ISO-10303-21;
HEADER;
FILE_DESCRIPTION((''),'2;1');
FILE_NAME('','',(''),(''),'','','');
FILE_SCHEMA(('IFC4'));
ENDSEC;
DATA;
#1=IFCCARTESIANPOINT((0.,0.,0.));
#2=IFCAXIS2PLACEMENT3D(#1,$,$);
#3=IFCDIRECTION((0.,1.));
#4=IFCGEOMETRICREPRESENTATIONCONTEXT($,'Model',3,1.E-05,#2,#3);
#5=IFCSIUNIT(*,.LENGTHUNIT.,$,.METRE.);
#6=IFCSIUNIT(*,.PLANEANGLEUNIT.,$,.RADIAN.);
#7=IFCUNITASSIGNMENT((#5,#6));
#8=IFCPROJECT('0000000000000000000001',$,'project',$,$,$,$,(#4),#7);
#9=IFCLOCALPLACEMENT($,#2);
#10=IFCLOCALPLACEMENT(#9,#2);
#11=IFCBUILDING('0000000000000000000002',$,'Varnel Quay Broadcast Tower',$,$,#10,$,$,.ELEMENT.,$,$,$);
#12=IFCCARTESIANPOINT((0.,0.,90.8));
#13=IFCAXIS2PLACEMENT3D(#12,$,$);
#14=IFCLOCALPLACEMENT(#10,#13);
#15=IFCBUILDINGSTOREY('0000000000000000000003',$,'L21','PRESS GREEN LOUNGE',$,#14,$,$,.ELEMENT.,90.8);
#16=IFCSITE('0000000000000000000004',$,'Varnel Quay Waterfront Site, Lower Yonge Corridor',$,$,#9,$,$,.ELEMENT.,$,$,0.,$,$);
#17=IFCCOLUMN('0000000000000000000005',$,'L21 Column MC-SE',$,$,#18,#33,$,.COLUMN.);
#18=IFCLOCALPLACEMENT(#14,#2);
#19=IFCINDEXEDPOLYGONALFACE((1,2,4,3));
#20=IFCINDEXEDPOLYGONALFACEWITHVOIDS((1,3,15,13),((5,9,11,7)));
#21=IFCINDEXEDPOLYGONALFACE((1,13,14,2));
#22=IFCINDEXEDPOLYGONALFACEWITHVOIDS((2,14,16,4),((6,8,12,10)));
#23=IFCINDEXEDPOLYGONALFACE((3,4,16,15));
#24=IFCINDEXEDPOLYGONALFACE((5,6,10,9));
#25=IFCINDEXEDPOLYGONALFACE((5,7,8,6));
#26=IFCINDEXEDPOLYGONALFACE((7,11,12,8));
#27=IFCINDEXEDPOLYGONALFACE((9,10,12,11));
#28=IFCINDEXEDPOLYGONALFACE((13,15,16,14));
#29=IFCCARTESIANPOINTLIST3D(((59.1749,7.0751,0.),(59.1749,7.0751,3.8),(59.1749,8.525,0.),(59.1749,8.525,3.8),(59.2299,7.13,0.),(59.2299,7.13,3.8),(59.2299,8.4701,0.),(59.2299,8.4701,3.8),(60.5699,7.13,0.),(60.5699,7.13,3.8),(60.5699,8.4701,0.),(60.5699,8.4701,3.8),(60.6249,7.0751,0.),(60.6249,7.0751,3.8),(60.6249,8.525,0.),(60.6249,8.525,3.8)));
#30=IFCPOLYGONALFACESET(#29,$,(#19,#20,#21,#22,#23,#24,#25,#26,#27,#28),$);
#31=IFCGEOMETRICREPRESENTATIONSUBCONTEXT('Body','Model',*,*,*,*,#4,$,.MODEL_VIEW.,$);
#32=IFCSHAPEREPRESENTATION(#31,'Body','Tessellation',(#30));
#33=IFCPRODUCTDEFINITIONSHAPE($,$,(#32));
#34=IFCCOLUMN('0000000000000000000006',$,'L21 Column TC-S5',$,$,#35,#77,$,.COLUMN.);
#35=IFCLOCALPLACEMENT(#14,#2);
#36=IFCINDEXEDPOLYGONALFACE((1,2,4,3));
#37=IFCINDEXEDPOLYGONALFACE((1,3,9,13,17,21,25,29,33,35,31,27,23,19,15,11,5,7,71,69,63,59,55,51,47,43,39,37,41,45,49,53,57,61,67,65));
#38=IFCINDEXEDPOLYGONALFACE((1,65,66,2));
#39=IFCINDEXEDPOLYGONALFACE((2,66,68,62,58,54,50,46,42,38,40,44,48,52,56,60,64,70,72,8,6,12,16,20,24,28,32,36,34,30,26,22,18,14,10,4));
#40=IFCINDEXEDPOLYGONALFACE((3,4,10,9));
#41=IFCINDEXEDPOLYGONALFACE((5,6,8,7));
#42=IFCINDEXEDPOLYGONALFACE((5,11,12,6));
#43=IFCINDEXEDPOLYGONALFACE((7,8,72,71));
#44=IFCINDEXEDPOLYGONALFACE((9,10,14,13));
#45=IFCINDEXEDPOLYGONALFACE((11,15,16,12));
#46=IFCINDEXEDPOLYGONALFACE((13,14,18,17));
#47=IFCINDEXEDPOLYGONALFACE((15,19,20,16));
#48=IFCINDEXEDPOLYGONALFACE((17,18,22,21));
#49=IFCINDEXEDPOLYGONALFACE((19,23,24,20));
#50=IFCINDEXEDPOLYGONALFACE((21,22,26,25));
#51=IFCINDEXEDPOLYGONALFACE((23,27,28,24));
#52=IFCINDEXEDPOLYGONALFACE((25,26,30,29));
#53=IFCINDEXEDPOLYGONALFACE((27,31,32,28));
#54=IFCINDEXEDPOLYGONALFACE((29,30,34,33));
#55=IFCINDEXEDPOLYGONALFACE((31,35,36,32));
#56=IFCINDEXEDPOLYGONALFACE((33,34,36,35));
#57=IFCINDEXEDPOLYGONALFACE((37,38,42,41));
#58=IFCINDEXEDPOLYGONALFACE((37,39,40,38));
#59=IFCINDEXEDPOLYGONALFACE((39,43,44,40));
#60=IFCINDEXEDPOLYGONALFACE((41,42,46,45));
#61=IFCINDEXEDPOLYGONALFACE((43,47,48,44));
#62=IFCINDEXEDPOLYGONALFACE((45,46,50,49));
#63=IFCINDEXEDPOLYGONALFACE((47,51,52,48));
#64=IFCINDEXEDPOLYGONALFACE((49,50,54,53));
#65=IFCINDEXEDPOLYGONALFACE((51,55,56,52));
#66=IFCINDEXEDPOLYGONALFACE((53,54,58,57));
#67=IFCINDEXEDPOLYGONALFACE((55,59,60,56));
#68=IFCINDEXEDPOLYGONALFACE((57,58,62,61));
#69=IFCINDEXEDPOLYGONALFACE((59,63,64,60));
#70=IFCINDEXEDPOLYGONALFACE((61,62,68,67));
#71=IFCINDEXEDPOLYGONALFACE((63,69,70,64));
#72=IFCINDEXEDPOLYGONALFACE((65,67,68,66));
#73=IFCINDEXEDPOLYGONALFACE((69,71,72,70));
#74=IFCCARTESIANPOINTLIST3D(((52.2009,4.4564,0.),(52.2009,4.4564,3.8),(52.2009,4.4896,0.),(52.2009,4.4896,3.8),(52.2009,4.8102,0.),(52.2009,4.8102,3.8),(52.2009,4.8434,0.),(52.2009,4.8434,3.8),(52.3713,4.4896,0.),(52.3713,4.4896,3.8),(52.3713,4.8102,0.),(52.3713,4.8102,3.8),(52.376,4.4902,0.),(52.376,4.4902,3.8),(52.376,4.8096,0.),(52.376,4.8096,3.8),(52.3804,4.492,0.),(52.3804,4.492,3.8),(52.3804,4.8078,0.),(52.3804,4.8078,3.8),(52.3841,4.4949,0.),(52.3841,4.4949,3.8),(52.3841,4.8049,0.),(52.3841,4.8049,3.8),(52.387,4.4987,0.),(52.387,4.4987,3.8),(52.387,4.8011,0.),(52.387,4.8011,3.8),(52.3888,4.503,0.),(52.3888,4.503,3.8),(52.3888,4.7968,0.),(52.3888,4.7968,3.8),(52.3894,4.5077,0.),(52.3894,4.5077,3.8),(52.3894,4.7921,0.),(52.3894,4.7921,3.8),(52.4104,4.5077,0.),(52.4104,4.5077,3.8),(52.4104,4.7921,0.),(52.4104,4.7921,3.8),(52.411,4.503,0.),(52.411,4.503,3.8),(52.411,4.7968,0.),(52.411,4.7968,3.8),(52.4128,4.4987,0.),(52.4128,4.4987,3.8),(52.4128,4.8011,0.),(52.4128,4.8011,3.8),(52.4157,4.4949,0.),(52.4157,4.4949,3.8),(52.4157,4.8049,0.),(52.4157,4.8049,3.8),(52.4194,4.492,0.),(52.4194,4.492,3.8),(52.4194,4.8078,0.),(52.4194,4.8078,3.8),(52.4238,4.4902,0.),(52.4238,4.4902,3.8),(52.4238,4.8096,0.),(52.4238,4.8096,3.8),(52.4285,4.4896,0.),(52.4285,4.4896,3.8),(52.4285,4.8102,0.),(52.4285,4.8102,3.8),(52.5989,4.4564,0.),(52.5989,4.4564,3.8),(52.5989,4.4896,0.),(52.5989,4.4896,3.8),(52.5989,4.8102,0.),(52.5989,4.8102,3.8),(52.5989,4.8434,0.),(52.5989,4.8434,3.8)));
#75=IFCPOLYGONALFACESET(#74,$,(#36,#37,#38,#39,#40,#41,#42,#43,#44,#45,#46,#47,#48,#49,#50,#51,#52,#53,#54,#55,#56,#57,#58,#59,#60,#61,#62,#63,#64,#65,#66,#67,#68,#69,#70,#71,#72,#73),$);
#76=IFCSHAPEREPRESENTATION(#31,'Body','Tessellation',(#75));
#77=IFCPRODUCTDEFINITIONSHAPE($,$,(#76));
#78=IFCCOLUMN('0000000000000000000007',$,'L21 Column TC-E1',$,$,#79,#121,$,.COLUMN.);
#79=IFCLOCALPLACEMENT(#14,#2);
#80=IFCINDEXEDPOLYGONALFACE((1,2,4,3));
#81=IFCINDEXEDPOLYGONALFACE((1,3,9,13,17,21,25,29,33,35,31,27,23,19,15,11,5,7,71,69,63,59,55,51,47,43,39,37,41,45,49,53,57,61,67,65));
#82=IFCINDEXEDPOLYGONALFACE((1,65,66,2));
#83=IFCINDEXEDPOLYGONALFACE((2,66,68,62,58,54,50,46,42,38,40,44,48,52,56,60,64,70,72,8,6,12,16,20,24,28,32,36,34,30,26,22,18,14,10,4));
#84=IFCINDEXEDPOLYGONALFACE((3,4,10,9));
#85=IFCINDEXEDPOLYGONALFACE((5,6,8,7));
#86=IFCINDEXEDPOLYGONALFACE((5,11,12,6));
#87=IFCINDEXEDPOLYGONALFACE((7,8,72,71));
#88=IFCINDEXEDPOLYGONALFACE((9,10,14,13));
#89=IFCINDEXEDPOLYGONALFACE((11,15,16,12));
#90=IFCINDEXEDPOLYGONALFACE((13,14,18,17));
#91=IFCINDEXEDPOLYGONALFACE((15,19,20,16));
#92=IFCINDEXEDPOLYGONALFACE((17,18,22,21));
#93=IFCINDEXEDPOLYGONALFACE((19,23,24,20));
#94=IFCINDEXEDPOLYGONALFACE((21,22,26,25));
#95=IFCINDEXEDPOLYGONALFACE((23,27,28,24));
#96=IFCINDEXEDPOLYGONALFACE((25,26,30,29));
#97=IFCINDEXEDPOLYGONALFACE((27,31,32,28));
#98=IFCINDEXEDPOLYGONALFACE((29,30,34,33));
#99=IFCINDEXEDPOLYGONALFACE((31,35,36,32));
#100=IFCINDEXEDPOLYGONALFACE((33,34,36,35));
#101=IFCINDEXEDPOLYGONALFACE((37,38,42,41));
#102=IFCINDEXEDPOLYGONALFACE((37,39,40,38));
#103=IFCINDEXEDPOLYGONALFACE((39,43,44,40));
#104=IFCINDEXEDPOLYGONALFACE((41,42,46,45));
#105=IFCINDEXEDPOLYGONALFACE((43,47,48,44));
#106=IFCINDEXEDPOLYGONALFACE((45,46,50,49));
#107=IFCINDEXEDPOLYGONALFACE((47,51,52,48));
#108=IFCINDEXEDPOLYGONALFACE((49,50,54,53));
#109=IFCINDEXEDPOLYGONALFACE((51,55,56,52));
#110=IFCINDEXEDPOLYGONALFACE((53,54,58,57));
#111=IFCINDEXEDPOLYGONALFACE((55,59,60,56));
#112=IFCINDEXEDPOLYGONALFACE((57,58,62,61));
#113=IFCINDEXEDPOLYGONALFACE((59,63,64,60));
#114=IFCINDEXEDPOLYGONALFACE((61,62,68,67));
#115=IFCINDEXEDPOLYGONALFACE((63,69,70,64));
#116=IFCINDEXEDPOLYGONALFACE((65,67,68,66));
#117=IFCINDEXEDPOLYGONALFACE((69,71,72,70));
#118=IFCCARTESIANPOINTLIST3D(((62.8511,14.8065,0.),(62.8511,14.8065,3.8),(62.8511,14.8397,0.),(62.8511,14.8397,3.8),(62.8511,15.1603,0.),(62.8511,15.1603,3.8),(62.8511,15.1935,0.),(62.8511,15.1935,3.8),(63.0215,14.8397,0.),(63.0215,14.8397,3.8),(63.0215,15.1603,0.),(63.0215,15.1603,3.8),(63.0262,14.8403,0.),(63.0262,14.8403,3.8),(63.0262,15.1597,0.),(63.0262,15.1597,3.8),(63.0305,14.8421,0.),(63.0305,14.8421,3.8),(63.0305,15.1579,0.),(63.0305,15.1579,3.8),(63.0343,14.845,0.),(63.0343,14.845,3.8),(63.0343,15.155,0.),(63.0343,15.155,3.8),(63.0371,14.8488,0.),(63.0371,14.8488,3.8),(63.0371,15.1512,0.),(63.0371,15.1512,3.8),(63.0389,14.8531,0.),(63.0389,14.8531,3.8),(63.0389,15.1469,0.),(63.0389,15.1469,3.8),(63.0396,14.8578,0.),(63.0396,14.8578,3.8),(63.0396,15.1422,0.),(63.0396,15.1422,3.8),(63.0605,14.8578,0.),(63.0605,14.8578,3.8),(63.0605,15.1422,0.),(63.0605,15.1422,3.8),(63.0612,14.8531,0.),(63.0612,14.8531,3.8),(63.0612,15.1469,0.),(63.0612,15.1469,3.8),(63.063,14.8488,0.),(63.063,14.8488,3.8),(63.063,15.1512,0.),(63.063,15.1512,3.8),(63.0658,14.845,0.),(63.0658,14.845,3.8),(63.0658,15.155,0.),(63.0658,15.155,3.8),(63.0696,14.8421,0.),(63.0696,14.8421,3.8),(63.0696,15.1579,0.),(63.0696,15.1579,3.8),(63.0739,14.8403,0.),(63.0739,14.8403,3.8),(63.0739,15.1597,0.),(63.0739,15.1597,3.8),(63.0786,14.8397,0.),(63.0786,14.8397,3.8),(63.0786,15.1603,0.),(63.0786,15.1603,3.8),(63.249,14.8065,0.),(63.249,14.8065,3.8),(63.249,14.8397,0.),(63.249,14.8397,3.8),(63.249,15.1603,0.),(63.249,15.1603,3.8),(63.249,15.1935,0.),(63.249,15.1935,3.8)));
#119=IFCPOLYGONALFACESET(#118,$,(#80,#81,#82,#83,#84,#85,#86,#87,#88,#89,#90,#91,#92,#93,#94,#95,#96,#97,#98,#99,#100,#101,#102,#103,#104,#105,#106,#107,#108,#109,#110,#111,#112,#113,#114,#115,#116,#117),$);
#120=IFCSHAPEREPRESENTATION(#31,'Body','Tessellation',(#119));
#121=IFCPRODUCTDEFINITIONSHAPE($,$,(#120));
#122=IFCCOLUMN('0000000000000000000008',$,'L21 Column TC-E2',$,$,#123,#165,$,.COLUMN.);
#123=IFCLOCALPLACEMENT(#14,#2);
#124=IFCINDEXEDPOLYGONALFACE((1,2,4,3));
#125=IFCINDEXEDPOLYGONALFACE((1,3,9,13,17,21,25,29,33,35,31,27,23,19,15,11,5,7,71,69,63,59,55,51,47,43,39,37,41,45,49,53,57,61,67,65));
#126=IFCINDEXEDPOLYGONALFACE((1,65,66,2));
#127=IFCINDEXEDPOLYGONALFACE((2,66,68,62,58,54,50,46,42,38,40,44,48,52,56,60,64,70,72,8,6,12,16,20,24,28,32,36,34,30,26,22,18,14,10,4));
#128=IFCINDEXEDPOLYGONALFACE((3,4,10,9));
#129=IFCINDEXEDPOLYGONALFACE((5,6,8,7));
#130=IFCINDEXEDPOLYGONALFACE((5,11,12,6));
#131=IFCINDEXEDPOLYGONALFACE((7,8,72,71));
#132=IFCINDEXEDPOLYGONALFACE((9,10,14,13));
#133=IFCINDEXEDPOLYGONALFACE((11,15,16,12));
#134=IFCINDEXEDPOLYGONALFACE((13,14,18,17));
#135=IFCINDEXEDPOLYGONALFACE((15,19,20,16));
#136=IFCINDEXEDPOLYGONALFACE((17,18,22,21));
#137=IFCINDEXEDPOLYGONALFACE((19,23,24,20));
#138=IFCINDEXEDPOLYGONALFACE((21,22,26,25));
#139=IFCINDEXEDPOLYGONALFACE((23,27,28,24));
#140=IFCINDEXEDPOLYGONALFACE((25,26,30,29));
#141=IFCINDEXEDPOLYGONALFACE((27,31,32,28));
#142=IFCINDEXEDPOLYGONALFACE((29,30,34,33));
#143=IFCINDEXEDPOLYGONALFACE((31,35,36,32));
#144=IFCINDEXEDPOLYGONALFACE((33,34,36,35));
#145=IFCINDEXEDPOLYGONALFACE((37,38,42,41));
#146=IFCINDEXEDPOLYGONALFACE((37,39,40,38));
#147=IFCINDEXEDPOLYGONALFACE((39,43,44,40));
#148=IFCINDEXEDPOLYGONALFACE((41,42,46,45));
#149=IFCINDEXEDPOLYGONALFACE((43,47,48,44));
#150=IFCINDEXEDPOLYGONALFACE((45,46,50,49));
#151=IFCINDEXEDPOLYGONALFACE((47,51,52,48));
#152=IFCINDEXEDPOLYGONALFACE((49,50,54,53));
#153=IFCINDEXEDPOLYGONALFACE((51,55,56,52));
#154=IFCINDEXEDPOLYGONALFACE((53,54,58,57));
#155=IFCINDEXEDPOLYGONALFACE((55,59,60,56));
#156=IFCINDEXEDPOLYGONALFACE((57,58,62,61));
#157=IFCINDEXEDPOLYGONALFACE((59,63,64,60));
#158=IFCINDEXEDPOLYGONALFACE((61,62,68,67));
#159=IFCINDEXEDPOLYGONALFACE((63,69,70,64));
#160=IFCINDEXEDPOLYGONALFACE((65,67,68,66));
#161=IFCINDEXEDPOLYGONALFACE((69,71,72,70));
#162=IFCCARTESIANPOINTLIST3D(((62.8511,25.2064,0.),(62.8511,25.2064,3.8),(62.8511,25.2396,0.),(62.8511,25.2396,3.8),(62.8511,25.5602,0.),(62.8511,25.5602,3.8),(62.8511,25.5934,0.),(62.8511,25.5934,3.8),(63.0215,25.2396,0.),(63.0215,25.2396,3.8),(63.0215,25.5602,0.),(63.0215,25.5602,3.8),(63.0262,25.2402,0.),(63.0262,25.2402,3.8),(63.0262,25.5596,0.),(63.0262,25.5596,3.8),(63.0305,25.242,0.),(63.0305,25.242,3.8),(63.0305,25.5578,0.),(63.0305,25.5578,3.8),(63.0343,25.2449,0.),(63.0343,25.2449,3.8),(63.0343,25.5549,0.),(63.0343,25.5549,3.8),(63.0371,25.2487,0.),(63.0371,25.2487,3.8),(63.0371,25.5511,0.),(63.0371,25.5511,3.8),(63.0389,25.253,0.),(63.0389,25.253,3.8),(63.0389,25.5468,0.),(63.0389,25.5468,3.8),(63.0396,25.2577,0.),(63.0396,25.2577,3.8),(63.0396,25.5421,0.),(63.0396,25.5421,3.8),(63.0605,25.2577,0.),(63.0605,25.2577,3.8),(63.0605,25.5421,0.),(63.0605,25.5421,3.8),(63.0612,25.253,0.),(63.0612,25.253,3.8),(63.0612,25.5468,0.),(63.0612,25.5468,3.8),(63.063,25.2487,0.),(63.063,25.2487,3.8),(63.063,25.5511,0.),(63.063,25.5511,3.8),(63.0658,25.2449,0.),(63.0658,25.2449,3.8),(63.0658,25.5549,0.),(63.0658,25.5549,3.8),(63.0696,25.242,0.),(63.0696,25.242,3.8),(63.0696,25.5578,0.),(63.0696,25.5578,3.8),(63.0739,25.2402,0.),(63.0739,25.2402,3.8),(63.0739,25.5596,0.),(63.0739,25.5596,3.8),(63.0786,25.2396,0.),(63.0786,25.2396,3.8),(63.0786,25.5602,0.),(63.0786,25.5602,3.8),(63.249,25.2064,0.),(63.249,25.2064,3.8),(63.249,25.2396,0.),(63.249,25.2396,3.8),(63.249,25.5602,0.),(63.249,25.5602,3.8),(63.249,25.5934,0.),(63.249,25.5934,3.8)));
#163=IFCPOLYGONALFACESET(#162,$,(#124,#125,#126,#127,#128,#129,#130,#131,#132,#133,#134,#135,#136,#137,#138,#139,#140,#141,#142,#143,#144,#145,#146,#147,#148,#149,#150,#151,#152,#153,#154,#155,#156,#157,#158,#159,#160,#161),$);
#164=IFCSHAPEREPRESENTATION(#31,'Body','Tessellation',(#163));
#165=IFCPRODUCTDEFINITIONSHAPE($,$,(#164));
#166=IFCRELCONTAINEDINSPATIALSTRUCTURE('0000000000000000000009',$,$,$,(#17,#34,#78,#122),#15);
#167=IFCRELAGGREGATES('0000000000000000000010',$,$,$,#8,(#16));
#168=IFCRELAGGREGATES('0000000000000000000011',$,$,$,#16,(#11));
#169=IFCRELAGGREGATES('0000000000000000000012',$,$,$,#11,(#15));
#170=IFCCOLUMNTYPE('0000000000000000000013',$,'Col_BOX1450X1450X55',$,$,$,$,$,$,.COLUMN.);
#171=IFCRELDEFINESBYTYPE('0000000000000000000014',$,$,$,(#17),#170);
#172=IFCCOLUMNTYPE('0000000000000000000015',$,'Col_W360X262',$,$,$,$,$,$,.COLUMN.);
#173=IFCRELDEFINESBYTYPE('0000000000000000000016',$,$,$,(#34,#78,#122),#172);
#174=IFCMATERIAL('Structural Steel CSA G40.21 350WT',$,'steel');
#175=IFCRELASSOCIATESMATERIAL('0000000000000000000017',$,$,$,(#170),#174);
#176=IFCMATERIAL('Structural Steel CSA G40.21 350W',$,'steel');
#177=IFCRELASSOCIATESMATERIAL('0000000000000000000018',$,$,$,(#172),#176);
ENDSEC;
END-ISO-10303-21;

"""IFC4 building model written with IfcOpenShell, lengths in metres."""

from ifc_helpers import new_model, si_unit, direction, frame, origin, origin_2d, place, context, subcontext, project, spatial, hollow_rectangle, i_section, extrude, source, transform, mapped, material, material_profile, profile_set, type_object, type_shapes, element, save


model = new_model("IFC4")

# Units and contexts
model_context = context("Model", 3, precision=1e-05, world=origin(), true_north=direction((0.0, 1.0)))
body_context = subcontext(model_context, "Body", "Model", "MODEL_VIEW")
ifc_project = project(units=[si_unit("LENGTHUNIT", "METRE"), si_unit("PLANEANGLEUNIT", "RADIAN")], contexts=[model_context])

# Site, building, storey
site_placement = place(None, origin())
site = spatial("IfcSite", under=ifc_project, at=site_placement, Name="Varnel Quay Waterfront Site, Lower Yonge Corridor", CompositionType="ELEMENT", RefElevation=0.0)
building_placement = place(site_placement, origin())
building = spatial("IfcBuilding", under=site, at=building_placement, Name="Varnel Quay Broadcast Tower", CompositionType="ELEMENT")
storey_placement = place(building_placement, frame((0.0, 0.0, 90.8)))
storey = spatial("IfcBuildingStorey", under=building, at=storey_placement, Name="L21", Description="PRESS GREEN LOUNGE", CompositionType="ELEMENT", Elevation=90.8)

# Columns
ifc_material_1 = material(Name="Structural Steel CSA G40.21 350WT", Category="steel")
ifc_material_profile_1 = material_profile(ifc_material_1, hollow_rectangle(XDim=1.45, YDim=1.45, WallThickness=0.0549, at=origin_2d()), Name="BOX1450X1450X55")
ifc_profile_set_1 = profile_set([ifc_material_profile_1], Name="Structural Steel CSA G40.21 350WT")
column_type_1 = type_object("IfcColumnType", Name="Col_BOX1450X1450X55", PredefinedType="COLUMN", material=ifc_profile_set_1)
shared_shape_1 = source(origin(), body_context, "Body", "SweptSolid", [
    extrude(hollow_rectangle(XDim=1.45, YDim=1.45, WallThickness=0.0549, at=origin_2d()), origin(), (0.0, 0.0, 1.0), 3.8),
])
type_shapes(column_type_1, [shared_shape_1])
column_placement = place(storey_placement, frame((59.8999, 7.8, 0.0), z_axis=(0.0, 0.0, 1.0), x_axis=(1.0, 0.0, 0.0)))
element("IfcColumn", 1, at=column_placement, inside=storey, type_object=column_type_1, Name="L21 Column MC-SE", PredefinedType="COLUMN", context=body_context, shape_type="MappedRepresentation", body=[
    mapped(shared_shape_1, transform((0.0, 0.0, 0.0), x_axis=(1.0, 0.0, 0.0), y_axis=(0.0, 1.0, 0.0), z_axis=(0.0, 0.0, 1.0), scale=1.0)),
])
ifc_material_2 = material(Name="Structural Steel CSA G40.21 350W", Category="steel")
ifc_material_profile_2 = material_profile(ifc_material_2, i_section(OverallWidth=0.3979, OverallDepth=0.387, WebThickness=0.021, FlangeThickness=0.0332, FilletRadius=0.0181, at=origin_2d()), Name="W360X262")
ifc_profile_set_2 = profile_set([ifc_material_profile_2], Name="Structural Steel CSA G40.21 350W")
column_type_2 = type_object("IfcColumnType", Name="Col_W360X262", PredefinedType="COLUMN", material=ifc_profile_set_2)
shared_shape_2 = source(origin(), body_context, "Body", "SweptSolid", [
    extrude(i_section(OverallWidth=0.3979, OverallDepth=0.387, WebThickness=0.021, FlangeThickness=0.0332, FilletRadius=0.0181, at=origin_2d()), origin(), (0.0, 0.0, 1.0), 3.8),
])
type_shapes(column_type_2, [shared_shape_2])
for number, where, z_axis, x_axis, name in (
    (2, (52.3999, 4.6499, 0.0), (0.0, 0.0, 1.0), (1.0, 0.0, 0.0), "L21 Column TC-S5"),
    (3, (63.05, 15.0, 0.0), (0.0, 0.0, 1.0), (1.0, 0.0, 0.0), "L21 Column TC-E1"),
    (4, (63.05, 25.3999, 0.0), (0.0, 0.0, 1.0), (1.0, 0.0, 0.0), "L21 Column TC-E2"),
):
    element("IfcColumn", number, at=place(storey_placement, frame(where, z_axis=z_axis, x_axis=x_axis)), inside=storey, type_object=column_type_2, Name=name, PredefinedType="COLUMN", context=body_context, shape_type="MappedRepresentation", body=[
        mapped(shared_shape_2, transform((0.0, 0.0, 0.0), x_axis=(1.0, 0.0, 0.0), y_axis=(0.0, 1.0, 0.0), z_axis=(0.0, 0.0, 1.0), scale=1.0)),
    ])

save(model, "model.ifc")
